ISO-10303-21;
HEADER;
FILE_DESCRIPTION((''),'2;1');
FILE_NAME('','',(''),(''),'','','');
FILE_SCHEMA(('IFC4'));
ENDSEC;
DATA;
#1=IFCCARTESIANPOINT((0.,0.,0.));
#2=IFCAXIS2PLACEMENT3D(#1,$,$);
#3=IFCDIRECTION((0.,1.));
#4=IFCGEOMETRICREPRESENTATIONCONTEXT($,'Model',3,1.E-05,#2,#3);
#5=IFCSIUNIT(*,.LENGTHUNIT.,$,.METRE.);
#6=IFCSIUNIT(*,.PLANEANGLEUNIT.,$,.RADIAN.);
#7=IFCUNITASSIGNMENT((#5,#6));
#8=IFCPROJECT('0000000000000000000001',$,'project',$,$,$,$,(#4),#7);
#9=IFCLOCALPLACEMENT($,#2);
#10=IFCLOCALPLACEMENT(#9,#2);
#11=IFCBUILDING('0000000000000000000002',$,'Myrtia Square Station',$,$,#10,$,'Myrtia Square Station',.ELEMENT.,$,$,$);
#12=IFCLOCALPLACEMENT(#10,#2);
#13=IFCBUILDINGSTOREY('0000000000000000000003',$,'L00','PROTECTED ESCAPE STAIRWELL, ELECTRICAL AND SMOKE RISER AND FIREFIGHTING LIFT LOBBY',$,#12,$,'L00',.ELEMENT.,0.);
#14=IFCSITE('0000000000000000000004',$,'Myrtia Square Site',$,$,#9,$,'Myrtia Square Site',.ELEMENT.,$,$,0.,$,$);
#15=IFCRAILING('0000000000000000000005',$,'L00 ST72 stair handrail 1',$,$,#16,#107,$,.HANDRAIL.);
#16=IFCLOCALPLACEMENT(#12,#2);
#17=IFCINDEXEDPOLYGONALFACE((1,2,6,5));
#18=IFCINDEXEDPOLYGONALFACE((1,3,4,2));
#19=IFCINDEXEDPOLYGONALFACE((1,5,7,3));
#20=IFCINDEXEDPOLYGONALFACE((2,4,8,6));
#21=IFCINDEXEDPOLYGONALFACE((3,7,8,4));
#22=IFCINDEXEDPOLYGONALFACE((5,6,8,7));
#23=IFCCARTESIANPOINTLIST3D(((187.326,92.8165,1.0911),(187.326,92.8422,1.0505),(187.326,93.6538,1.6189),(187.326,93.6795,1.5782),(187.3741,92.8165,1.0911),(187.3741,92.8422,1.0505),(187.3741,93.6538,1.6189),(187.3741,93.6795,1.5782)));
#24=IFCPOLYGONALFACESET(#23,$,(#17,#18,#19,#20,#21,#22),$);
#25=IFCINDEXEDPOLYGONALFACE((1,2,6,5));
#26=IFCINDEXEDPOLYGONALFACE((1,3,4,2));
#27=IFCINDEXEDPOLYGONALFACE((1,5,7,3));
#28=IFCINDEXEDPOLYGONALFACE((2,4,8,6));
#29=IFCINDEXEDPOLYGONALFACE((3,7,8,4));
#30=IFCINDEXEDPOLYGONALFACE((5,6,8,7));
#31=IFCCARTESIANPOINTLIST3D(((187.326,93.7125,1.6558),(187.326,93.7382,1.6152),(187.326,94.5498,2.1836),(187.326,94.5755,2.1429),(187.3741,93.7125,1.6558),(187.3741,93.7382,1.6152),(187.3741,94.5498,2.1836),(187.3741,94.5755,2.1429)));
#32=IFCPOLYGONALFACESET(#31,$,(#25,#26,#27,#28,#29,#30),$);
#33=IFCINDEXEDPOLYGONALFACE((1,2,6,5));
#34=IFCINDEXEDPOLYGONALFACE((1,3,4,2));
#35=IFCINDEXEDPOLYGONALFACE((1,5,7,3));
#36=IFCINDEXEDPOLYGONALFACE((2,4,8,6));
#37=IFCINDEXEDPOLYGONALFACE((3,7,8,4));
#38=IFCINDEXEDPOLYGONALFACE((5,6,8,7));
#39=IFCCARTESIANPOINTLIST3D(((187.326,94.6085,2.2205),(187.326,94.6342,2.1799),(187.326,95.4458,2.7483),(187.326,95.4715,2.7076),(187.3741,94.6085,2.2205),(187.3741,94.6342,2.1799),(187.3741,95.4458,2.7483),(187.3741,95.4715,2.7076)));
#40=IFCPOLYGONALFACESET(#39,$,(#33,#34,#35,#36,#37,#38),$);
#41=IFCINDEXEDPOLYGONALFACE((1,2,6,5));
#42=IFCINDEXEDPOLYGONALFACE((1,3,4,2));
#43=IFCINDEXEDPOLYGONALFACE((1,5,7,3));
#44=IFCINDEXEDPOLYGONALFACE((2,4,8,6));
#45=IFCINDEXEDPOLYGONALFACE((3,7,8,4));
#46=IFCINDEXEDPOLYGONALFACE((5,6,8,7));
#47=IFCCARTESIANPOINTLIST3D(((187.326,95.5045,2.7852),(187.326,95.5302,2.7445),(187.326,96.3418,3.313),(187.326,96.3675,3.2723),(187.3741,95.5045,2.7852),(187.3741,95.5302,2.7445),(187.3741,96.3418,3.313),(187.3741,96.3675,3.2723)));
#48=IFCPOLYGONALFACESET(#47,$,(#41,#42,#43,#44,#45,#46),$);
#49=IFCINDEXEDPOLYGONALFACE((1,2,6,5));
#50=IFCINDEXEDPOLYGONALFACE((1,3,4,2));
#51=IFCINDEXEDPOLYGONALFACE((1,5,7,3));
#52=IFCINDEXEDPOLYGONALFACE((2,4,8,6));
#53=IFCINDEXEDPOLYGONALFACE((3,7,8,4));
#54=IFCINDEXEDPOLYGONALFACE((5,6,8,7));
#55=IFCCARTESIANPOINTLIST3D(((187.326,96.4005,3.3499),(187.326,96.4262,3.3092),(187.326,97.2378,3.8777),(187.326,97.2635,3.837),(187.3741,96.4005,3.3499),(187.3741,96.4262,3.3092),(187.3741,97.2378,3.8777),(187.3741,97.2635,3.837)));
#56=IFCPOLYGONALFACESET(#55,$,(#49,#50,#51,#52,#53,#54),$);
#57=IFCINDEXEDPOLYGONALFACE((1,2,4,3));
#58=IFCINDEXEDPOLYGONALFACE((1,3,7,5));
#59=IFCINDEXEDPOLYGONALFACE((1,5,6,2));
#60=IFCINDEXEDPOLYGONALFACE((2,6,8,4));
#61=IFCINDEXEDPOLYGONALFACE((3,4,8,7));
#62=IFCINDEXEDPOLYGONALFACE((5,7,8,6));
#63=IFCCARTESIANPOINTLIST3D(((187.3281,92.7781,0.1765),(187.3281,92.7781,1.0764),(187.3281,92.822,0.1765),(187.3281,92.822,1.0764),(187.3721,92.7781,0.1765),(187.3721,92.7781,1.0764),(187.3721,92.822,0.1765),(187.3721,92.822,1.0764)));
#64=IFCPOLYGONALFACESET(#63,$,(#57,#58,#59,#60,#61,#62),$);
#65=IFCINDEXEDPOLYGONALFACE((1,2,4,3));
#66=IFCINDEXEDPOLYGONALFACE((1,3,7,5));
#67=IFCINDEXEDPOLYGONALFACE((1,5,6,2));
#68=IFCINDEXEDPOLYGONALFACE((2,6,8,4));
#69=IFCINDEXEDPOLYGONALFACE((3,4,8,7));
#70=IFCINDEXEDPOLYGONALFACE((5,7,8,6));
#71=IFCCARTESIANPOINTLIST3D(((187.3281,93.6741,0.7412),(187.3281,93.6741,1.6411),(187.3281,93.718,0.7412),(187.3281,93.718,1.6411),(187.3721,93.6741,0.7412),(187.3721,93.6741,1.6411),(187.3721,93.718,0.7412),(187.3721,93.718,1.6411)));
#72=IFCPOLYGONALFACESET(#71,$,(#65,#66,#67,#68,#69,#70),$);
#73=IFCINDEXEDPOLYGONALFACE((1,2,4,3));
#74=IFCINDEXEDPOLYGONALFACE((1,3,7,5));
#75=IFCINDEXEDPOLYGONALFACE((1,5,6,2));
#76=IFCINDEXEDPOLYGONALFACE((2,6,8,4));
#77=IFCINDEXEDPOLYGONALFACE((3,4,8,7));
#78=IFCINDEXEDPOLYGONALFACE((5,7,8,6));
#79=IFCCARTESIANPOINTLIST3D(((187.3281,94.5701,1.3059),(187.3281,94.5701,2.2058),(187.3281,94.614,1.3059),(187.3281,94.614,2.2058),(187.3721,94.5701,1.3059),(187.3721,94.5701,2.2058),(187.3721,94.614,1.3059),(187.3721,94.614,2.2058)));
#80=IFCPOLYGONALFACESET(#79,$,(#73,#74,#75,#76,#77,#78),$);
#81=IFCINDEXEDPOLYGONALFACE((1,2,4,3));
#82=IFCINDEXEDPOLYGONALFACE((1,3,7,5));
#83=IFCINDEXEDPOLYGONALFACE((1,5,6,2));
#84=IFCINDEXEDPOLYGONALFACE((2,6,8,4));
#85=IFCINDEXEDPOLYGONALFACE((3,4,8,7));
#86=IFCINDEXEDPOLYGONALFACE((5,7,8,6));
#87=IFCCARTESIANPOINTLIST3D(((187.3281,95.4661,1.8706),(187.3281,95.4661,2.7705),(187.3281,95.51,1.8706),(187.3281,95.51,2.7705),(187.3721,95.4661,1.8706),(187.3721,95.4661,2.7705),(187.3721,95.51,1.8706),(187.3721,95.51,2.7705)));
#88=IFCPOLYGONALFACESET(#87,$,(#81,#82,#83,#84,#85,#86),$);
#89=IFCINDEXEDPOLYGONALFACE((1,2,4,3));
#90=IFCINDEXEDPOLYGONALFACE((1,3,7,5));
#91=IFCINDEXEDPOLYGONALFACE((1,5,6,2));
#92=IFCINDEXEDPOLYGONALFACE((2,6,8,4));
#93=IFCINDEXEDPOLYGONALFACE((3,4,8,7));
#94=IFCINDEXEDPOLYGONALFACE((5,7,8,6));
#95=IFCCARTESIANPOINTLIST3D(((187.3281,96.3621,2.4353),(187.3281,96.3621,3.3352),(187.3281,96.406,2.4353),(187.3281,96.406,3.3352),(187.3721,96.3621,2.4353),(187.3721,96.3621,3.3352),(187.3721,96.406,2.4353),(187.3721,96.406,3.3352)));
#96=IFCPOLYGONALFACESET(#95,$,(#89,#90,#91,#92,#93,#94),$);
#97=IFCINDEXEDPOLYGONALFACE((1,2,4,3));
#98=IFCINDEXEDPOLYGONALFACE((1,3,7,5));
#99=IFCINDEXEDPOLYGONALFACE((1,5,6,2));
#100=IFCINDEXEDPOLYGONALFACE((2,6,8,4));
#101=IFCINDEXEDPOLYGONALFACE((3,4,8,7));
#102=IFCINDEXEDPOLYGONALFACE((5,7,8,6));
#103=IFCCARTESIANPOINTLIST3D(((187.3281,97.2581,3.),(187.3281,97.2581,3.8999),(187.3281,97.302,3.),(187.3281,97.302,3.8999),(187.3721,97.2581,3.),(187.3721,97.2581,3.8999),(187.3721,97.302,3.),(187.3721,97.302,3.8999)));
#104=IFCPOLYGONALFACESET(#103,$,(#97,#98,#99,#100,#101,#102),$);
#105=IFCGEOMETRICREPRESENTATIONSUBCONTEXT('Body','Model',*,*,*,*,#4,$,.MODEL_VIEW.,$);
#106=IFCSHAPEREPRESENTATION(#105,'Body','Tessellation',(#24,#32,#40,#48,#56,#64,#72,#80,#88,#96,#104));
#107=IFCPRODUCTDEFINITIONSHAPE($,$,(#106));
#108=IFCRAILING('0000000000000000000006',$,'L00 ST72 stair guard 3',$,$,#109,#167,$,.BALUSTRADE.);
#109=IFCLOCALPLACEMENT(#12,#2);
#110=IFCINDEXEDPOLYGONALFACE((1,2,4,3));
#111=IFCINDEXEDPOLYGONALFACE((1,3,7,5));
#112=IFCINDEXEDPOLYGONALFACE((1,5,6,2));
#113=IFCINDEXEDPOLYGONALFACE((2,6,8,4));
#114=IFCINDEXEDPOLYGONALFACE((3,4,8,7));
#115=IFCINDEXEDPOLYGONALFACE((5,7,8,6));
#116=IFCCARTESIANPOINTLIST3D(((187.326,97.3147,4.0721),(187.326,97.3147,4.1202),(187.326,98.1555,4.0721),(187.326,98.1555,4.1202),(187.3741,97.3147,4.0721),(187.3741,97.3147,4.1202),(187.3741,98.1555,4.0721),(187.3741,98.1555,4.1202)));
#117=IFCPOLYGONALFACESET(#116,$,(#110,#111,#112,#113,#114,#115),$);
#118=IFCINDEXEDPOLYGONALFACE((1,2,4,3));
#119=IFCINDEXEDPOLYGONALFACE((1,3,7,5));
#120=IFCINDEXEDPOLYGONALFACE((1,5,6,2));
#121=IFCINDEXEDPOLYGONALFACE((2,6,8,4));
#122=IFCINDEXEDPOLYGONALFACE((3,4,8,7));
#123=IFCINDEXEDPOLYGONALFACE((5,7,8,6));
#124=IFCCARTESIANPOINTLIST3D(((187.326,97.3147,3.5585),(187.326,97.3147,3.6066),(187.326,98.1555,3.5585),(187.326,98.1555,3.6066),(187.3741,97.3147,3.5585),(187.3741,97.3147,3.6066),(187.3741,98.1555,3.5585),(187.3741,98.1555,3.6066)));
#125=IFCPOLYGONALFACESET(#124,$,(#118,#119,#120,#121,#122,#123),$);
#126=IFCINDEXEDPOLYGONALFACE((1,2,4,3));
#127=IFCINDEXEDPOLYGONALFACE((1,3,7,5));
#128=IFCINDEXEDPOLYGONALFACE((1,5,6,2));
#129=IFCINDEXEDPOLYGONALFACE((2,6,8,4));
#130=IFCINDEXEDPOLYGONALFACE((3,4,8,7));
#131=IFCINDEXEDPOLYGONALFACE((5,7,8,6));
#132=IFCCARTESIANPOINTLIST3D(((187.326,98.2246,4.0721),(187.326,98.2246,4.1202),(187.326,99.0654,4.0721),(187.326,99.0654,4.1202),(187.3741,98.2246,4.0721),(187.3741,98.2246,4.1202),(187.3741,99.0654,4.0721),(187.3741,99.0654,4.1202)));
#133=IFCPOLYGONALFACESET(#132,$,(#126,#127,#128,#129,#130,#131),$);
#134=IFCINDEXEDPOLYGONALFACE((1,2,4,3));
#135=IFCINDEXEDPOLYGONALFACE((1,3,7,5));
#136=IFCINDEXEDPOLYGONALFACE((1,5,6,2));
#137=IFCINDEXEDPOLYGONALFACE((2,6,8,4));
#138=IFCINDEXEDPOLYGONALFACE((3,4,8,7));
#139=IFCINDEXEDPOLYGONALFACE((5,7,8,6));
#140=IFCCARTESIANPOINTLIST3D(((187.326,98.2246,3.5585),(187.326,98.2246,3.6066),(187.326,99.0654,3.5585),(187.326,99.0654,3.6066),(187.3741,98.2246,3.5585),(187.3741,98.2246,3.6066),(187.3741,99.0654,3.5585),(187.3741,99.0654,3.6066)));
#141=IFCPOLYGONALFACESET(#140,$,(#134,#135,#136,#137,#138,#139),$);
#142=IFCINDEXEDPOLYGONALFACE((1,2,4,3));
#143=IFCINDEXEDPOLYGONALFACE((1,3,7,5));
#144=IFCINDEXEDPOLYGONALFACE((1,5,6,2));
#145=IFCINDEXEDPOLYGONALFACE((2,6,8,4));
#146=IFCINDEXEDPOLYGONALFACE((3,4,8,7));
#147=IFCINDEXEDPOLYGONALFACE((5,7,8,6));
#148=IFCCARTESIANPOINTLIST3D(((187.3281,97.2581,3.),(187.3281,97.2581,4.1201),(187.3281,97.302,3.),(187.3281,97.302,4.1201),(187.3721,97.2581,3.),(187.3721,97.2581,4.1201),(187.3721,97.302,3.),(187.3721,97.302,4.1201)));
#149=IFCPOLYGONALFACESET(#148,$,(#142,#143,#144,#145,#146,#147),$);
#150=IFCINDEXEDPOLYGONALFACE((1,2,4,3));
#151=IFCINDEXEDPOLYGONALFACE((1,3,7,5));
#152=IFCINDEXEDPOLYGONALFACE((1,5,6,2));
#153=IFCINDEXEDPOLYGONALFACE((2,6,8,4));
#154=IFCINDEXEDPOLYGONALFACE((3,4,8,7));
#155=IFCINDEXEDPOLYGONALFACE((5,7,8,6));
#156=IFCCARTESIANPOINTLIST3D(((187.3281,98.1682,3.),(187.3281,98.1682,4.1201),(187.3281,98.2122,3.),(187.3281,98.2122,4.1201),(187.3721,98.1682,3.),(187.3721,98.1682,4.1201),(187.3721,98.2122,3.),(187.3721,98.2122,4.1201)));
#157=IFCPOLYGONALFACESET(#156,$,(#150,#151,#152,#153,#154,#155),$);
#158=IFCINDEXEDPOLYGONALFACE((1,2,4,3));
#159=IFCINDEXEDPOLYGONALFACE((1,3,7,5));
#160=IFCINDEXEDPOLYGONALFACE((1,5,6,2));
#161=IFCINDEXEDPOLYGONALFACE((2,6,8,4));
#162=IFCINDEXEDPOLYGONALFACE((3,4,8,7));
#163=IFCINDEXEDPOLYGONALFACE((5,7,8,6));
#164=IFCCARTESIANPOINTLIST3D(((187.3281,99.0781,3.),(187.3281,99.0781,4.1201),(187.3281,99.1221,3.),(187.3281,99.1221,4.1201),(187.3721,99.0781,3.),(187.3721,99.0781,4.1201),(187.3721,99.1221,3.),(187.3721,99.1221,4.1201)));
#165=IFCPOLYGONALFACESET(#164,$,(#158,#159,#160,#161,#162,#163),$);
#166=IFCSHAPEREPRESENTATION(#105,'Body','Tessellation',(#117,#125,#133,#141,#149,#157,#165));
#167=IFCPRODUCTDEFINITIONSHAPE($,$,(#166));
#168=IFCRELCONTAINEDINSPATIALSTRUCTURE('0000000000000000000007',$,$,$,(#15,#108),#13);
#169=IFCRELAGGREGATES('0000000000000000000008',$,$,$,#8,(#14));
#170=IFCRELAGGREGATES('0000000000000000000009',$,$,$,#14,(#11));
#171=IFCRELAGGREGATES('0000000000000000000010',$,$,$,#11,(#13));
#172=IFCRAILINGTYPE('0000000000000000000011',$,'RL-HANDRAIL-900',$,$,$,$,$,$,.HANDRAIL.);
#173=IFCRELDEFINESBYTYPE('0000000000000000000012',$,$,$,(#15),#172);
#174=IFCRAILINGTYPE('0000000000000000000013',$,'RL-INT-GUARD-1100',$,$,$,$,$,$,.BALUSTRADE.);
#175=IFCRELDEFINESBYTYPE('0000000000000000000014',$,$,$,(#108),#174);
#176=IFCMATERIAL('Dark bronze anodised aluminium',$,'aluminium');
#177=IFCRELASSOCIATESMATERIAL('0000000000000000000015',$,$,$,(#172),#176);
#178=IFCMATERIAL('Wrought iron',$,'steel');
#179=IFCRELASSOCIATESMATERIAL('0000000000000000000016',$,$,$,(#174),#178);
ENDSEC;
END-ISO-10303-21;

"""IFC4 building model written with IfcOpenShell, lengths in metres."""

from ifc_helpers import new_model, si_unit, direction, frame, origin, origin_2d, place, context, subcontext, project, spatial, rectangle, extrude, material, type_object, element, save


model = new_model("IFC4")

# Units and contexts
model_context = context("Model", 3, precision=1e-05, world=origin(), true_north=direction((0.0, 1.0)))
body_context = subcontext(model_context, "Body", "Model", "MODEL_VIEW")
ifc_project = project(units=[si_unit("LENGTHUNIT", "METRE"), si_unit("PLANEANGLEUNIT", "RADIAN")], contexts=[model_context])

# Site, building, storey
site_placement = place(None, origin())
site = spatial("IfcSite", under=ifc_project, at=site_placement, Name="Myrtia Square Site", LongName="Myrtia Square Site", CompositionType="ELEMENT", RefElevation=0.0)
building_placement = place(site_placement, origin())
building = spatial("IfcBuilding", under=site, at=building_placement, Name="Myrtia Square Station", LongName="Myrtia Square Station", CompositionType="ELEMENT")
storey_placement = place(building_placement, origin())
storey = spatial("IfcBuildingStorey", under=building, at=storey_placement, Name="L00", Description="PROTECTED ESCAPE STAIRWELL, ELECTRICAL AND SMOKE RISER AND FIREFIGHTING LIFT LOBBY", LongName="L00", CompositionType="ELEMENT", Elevation=0.0)

# Railings
ifc_material_1 = material(Name="Dark bronze anodised aluminium", Category="aluminium")
railing_type_1 = type_object("IfcRailingType", Name="RL-HANDRAIL-900", PredefinedType="HANDRAIL", material=ifc_material_1)
railing_1_placement = place(storey_placement, frame((187.3501, 92.8, 0.1765)))
element("IfcRailing", 1, at=railing_1_placement, inside=storey, type_object=railing_type_1, Name="L00 ST72 stair handrail 1", PredefinedType="HANDRAIL", context=body_context, shape_type="SweptSolid", body=[
    extrude(rectangle(XDim=0.0481, YDim=0.0481, at=origin_2d()), frame((0.0, 0.0293, 0.8943), z_axis=(0.0, 0.845998, 0.533186), x_axis=(-1.0, 0.0, 0.0)), (0.0, 0.0, 1.0), 0.9897),
    extrude(rectangle(XDim=0.0481, YDim=0.0481, at=origin_2d()), frame((0.0, 0.9253, 1.459), z_axis=(0.0, 0.845998, 0.533186), x_axis=(-1.0, 0.0, 0.0)), (0.0, 0.0, 1.0), 0.9897),
    extrude(rectangle(XDim=0.0481, YDim=0.0481, at=origin_2d()), frame((0.0, 1.8213, 2.0237), z_axis=(0.0, 0.845998, 0.533186), x_axis=(-1.0, 0.0, 0.0)), (0.0, 0.0, 1.0), 0.9897),
    extrude(rectangle(XDim=0.0481, YDim=0.0481, at=origin_2d()), frame((0.0, 2.7173, 2.5884), z_axis=(0.0, 0.845998, 0.533186), x_axis=(-1.0, 0.0, 0.0)), (0.0, 0.0, 1.0), 0.9897),
    extrude(rectangle(XDim=0.0481, YDim=0.0481, at=origin_2d()), frame((0.0, 3.6133, 3.1531), z_axis=(0.0, 0.845998, 0.533186), x_axis=(-1.0, 0.0, 0.0)), (0.0, 0.0, 1.0), 0.9897),
    extrude(rectangle(XDim=0.0439, YDim=0.0439, at=origin_2d()), origin(), (0.0, 0.0, 1.0), 0.8999),
    extrude(rectangle(XDim=0.0439, YDim=0.0439, at=origin_2d()), frame((0.0, 0.896, 0.5647)), (0.0, 0.0, 1.0), 0.8999),
    extrude(rectangle(XDim=0.0439, YDim=0.0439, at=origin_2d()), frame((0.0, 1.792, 1.1294)), (0.0, 0.0, 1.0), 0.8999),
    extrude(rectangle(XDim=0.0439, YDim=0.0439, at=origin_2d()), frame((0.0, 2.688, 1.6941)), (0.0, 0.0, 1.0), 0.8999),
    extrude(rectangle(XDim=0.0439, YDim=0.0439, at=origin_2d()), frame((0.0, 3.584, 2.2588)), (0.0, 0.0, 1.0), 0.8999),
    extrude(rectangle(XDim=0.0439, YDim=0.0439, at=origin_2d()), frame((0.0, 4.48, 2.8235)), (0.0, 0.0, 1.0), 0.8999),
])
ifc_material_2 = material(Name="Wrought iron", Category="steel")
railing_type_2 = type_object("IfcRailingType", Name="RL-INT-GUARD-1100", PredefinedType="BALUSTRADE", material=ifc_material_2)
railing_2_placement = place(storey_placement, frame((187.3501, 97.28, 3.0)))
element("IfcRailing", 2, at=railing_2_placement, inside=storey, type_object=railing_type_2, Name="L00 ST72 stair guard 3", PredefinedType="BALUSTRADE", context=body_context, shape_type="SweptSolid", body=[
    extrude(rectangle(XDim=0.0481, YDim=0.0481, at=origin_2d()), frame((0.0, 0.0347, 1.0962), z_axis=(0.0, 1.0, 0.0), x_axis=(-1.0, 0.0, 0.0)), (0.0, 0.0, 1.0), 0.8408),
    extrude(rectangle(XDim=0.0481, YDim=0.0481, at=origin_2d()), frame((0.0, 0.0347, 0.5825), z_axis=(0.0, 1.0, 0.0), x_axis=(-1.0, 0.0, 0.0)), (0.0, 0.0, 1.0), 0.8408),
    extrude(rectangle(XDim=0.0481, YDim=0.0481, at=origin_2d()), frame((0.0, 0.9446, 1.0962), z_axis=(0.0, 1.0, 0.0), x_axis=(-1.0, 0.0, 0.0)), (0.0, 0.0, 1.0), 0.8408),
    extrude(rectangle(XDim=0.0481, YDim=0.0481, at=origin_2d()), frame((0.0, 0.9446, 0.5825), z_axis=(0.0, 1.0, 0.0), x_axis=(-1.0, 0.0, 0.0)), (0.0, 0.0, 1.0), 0.8408),
    extrude(rectangle(XDim=0.0439, YDim=0.0439, at=origin_2d()), origin(), (0.0, 0.0, 1.0), 1.1201),
    extrude(rectangle(XDim=0.0439, YDim=0.0439, at=origin_2d()), frame((0.0, 0.9102, 0.0)), (0.0, 0.0, 1.0), 1.1201),
    extrude(rectangle(XDim=0.0439, YDim=0.0439, at=origin_2d()), frame((0.0, 1.8201, 0.0)), (0.0, 0.0, 1.0), 1.1201),
])

save(model, "model.ifc")
